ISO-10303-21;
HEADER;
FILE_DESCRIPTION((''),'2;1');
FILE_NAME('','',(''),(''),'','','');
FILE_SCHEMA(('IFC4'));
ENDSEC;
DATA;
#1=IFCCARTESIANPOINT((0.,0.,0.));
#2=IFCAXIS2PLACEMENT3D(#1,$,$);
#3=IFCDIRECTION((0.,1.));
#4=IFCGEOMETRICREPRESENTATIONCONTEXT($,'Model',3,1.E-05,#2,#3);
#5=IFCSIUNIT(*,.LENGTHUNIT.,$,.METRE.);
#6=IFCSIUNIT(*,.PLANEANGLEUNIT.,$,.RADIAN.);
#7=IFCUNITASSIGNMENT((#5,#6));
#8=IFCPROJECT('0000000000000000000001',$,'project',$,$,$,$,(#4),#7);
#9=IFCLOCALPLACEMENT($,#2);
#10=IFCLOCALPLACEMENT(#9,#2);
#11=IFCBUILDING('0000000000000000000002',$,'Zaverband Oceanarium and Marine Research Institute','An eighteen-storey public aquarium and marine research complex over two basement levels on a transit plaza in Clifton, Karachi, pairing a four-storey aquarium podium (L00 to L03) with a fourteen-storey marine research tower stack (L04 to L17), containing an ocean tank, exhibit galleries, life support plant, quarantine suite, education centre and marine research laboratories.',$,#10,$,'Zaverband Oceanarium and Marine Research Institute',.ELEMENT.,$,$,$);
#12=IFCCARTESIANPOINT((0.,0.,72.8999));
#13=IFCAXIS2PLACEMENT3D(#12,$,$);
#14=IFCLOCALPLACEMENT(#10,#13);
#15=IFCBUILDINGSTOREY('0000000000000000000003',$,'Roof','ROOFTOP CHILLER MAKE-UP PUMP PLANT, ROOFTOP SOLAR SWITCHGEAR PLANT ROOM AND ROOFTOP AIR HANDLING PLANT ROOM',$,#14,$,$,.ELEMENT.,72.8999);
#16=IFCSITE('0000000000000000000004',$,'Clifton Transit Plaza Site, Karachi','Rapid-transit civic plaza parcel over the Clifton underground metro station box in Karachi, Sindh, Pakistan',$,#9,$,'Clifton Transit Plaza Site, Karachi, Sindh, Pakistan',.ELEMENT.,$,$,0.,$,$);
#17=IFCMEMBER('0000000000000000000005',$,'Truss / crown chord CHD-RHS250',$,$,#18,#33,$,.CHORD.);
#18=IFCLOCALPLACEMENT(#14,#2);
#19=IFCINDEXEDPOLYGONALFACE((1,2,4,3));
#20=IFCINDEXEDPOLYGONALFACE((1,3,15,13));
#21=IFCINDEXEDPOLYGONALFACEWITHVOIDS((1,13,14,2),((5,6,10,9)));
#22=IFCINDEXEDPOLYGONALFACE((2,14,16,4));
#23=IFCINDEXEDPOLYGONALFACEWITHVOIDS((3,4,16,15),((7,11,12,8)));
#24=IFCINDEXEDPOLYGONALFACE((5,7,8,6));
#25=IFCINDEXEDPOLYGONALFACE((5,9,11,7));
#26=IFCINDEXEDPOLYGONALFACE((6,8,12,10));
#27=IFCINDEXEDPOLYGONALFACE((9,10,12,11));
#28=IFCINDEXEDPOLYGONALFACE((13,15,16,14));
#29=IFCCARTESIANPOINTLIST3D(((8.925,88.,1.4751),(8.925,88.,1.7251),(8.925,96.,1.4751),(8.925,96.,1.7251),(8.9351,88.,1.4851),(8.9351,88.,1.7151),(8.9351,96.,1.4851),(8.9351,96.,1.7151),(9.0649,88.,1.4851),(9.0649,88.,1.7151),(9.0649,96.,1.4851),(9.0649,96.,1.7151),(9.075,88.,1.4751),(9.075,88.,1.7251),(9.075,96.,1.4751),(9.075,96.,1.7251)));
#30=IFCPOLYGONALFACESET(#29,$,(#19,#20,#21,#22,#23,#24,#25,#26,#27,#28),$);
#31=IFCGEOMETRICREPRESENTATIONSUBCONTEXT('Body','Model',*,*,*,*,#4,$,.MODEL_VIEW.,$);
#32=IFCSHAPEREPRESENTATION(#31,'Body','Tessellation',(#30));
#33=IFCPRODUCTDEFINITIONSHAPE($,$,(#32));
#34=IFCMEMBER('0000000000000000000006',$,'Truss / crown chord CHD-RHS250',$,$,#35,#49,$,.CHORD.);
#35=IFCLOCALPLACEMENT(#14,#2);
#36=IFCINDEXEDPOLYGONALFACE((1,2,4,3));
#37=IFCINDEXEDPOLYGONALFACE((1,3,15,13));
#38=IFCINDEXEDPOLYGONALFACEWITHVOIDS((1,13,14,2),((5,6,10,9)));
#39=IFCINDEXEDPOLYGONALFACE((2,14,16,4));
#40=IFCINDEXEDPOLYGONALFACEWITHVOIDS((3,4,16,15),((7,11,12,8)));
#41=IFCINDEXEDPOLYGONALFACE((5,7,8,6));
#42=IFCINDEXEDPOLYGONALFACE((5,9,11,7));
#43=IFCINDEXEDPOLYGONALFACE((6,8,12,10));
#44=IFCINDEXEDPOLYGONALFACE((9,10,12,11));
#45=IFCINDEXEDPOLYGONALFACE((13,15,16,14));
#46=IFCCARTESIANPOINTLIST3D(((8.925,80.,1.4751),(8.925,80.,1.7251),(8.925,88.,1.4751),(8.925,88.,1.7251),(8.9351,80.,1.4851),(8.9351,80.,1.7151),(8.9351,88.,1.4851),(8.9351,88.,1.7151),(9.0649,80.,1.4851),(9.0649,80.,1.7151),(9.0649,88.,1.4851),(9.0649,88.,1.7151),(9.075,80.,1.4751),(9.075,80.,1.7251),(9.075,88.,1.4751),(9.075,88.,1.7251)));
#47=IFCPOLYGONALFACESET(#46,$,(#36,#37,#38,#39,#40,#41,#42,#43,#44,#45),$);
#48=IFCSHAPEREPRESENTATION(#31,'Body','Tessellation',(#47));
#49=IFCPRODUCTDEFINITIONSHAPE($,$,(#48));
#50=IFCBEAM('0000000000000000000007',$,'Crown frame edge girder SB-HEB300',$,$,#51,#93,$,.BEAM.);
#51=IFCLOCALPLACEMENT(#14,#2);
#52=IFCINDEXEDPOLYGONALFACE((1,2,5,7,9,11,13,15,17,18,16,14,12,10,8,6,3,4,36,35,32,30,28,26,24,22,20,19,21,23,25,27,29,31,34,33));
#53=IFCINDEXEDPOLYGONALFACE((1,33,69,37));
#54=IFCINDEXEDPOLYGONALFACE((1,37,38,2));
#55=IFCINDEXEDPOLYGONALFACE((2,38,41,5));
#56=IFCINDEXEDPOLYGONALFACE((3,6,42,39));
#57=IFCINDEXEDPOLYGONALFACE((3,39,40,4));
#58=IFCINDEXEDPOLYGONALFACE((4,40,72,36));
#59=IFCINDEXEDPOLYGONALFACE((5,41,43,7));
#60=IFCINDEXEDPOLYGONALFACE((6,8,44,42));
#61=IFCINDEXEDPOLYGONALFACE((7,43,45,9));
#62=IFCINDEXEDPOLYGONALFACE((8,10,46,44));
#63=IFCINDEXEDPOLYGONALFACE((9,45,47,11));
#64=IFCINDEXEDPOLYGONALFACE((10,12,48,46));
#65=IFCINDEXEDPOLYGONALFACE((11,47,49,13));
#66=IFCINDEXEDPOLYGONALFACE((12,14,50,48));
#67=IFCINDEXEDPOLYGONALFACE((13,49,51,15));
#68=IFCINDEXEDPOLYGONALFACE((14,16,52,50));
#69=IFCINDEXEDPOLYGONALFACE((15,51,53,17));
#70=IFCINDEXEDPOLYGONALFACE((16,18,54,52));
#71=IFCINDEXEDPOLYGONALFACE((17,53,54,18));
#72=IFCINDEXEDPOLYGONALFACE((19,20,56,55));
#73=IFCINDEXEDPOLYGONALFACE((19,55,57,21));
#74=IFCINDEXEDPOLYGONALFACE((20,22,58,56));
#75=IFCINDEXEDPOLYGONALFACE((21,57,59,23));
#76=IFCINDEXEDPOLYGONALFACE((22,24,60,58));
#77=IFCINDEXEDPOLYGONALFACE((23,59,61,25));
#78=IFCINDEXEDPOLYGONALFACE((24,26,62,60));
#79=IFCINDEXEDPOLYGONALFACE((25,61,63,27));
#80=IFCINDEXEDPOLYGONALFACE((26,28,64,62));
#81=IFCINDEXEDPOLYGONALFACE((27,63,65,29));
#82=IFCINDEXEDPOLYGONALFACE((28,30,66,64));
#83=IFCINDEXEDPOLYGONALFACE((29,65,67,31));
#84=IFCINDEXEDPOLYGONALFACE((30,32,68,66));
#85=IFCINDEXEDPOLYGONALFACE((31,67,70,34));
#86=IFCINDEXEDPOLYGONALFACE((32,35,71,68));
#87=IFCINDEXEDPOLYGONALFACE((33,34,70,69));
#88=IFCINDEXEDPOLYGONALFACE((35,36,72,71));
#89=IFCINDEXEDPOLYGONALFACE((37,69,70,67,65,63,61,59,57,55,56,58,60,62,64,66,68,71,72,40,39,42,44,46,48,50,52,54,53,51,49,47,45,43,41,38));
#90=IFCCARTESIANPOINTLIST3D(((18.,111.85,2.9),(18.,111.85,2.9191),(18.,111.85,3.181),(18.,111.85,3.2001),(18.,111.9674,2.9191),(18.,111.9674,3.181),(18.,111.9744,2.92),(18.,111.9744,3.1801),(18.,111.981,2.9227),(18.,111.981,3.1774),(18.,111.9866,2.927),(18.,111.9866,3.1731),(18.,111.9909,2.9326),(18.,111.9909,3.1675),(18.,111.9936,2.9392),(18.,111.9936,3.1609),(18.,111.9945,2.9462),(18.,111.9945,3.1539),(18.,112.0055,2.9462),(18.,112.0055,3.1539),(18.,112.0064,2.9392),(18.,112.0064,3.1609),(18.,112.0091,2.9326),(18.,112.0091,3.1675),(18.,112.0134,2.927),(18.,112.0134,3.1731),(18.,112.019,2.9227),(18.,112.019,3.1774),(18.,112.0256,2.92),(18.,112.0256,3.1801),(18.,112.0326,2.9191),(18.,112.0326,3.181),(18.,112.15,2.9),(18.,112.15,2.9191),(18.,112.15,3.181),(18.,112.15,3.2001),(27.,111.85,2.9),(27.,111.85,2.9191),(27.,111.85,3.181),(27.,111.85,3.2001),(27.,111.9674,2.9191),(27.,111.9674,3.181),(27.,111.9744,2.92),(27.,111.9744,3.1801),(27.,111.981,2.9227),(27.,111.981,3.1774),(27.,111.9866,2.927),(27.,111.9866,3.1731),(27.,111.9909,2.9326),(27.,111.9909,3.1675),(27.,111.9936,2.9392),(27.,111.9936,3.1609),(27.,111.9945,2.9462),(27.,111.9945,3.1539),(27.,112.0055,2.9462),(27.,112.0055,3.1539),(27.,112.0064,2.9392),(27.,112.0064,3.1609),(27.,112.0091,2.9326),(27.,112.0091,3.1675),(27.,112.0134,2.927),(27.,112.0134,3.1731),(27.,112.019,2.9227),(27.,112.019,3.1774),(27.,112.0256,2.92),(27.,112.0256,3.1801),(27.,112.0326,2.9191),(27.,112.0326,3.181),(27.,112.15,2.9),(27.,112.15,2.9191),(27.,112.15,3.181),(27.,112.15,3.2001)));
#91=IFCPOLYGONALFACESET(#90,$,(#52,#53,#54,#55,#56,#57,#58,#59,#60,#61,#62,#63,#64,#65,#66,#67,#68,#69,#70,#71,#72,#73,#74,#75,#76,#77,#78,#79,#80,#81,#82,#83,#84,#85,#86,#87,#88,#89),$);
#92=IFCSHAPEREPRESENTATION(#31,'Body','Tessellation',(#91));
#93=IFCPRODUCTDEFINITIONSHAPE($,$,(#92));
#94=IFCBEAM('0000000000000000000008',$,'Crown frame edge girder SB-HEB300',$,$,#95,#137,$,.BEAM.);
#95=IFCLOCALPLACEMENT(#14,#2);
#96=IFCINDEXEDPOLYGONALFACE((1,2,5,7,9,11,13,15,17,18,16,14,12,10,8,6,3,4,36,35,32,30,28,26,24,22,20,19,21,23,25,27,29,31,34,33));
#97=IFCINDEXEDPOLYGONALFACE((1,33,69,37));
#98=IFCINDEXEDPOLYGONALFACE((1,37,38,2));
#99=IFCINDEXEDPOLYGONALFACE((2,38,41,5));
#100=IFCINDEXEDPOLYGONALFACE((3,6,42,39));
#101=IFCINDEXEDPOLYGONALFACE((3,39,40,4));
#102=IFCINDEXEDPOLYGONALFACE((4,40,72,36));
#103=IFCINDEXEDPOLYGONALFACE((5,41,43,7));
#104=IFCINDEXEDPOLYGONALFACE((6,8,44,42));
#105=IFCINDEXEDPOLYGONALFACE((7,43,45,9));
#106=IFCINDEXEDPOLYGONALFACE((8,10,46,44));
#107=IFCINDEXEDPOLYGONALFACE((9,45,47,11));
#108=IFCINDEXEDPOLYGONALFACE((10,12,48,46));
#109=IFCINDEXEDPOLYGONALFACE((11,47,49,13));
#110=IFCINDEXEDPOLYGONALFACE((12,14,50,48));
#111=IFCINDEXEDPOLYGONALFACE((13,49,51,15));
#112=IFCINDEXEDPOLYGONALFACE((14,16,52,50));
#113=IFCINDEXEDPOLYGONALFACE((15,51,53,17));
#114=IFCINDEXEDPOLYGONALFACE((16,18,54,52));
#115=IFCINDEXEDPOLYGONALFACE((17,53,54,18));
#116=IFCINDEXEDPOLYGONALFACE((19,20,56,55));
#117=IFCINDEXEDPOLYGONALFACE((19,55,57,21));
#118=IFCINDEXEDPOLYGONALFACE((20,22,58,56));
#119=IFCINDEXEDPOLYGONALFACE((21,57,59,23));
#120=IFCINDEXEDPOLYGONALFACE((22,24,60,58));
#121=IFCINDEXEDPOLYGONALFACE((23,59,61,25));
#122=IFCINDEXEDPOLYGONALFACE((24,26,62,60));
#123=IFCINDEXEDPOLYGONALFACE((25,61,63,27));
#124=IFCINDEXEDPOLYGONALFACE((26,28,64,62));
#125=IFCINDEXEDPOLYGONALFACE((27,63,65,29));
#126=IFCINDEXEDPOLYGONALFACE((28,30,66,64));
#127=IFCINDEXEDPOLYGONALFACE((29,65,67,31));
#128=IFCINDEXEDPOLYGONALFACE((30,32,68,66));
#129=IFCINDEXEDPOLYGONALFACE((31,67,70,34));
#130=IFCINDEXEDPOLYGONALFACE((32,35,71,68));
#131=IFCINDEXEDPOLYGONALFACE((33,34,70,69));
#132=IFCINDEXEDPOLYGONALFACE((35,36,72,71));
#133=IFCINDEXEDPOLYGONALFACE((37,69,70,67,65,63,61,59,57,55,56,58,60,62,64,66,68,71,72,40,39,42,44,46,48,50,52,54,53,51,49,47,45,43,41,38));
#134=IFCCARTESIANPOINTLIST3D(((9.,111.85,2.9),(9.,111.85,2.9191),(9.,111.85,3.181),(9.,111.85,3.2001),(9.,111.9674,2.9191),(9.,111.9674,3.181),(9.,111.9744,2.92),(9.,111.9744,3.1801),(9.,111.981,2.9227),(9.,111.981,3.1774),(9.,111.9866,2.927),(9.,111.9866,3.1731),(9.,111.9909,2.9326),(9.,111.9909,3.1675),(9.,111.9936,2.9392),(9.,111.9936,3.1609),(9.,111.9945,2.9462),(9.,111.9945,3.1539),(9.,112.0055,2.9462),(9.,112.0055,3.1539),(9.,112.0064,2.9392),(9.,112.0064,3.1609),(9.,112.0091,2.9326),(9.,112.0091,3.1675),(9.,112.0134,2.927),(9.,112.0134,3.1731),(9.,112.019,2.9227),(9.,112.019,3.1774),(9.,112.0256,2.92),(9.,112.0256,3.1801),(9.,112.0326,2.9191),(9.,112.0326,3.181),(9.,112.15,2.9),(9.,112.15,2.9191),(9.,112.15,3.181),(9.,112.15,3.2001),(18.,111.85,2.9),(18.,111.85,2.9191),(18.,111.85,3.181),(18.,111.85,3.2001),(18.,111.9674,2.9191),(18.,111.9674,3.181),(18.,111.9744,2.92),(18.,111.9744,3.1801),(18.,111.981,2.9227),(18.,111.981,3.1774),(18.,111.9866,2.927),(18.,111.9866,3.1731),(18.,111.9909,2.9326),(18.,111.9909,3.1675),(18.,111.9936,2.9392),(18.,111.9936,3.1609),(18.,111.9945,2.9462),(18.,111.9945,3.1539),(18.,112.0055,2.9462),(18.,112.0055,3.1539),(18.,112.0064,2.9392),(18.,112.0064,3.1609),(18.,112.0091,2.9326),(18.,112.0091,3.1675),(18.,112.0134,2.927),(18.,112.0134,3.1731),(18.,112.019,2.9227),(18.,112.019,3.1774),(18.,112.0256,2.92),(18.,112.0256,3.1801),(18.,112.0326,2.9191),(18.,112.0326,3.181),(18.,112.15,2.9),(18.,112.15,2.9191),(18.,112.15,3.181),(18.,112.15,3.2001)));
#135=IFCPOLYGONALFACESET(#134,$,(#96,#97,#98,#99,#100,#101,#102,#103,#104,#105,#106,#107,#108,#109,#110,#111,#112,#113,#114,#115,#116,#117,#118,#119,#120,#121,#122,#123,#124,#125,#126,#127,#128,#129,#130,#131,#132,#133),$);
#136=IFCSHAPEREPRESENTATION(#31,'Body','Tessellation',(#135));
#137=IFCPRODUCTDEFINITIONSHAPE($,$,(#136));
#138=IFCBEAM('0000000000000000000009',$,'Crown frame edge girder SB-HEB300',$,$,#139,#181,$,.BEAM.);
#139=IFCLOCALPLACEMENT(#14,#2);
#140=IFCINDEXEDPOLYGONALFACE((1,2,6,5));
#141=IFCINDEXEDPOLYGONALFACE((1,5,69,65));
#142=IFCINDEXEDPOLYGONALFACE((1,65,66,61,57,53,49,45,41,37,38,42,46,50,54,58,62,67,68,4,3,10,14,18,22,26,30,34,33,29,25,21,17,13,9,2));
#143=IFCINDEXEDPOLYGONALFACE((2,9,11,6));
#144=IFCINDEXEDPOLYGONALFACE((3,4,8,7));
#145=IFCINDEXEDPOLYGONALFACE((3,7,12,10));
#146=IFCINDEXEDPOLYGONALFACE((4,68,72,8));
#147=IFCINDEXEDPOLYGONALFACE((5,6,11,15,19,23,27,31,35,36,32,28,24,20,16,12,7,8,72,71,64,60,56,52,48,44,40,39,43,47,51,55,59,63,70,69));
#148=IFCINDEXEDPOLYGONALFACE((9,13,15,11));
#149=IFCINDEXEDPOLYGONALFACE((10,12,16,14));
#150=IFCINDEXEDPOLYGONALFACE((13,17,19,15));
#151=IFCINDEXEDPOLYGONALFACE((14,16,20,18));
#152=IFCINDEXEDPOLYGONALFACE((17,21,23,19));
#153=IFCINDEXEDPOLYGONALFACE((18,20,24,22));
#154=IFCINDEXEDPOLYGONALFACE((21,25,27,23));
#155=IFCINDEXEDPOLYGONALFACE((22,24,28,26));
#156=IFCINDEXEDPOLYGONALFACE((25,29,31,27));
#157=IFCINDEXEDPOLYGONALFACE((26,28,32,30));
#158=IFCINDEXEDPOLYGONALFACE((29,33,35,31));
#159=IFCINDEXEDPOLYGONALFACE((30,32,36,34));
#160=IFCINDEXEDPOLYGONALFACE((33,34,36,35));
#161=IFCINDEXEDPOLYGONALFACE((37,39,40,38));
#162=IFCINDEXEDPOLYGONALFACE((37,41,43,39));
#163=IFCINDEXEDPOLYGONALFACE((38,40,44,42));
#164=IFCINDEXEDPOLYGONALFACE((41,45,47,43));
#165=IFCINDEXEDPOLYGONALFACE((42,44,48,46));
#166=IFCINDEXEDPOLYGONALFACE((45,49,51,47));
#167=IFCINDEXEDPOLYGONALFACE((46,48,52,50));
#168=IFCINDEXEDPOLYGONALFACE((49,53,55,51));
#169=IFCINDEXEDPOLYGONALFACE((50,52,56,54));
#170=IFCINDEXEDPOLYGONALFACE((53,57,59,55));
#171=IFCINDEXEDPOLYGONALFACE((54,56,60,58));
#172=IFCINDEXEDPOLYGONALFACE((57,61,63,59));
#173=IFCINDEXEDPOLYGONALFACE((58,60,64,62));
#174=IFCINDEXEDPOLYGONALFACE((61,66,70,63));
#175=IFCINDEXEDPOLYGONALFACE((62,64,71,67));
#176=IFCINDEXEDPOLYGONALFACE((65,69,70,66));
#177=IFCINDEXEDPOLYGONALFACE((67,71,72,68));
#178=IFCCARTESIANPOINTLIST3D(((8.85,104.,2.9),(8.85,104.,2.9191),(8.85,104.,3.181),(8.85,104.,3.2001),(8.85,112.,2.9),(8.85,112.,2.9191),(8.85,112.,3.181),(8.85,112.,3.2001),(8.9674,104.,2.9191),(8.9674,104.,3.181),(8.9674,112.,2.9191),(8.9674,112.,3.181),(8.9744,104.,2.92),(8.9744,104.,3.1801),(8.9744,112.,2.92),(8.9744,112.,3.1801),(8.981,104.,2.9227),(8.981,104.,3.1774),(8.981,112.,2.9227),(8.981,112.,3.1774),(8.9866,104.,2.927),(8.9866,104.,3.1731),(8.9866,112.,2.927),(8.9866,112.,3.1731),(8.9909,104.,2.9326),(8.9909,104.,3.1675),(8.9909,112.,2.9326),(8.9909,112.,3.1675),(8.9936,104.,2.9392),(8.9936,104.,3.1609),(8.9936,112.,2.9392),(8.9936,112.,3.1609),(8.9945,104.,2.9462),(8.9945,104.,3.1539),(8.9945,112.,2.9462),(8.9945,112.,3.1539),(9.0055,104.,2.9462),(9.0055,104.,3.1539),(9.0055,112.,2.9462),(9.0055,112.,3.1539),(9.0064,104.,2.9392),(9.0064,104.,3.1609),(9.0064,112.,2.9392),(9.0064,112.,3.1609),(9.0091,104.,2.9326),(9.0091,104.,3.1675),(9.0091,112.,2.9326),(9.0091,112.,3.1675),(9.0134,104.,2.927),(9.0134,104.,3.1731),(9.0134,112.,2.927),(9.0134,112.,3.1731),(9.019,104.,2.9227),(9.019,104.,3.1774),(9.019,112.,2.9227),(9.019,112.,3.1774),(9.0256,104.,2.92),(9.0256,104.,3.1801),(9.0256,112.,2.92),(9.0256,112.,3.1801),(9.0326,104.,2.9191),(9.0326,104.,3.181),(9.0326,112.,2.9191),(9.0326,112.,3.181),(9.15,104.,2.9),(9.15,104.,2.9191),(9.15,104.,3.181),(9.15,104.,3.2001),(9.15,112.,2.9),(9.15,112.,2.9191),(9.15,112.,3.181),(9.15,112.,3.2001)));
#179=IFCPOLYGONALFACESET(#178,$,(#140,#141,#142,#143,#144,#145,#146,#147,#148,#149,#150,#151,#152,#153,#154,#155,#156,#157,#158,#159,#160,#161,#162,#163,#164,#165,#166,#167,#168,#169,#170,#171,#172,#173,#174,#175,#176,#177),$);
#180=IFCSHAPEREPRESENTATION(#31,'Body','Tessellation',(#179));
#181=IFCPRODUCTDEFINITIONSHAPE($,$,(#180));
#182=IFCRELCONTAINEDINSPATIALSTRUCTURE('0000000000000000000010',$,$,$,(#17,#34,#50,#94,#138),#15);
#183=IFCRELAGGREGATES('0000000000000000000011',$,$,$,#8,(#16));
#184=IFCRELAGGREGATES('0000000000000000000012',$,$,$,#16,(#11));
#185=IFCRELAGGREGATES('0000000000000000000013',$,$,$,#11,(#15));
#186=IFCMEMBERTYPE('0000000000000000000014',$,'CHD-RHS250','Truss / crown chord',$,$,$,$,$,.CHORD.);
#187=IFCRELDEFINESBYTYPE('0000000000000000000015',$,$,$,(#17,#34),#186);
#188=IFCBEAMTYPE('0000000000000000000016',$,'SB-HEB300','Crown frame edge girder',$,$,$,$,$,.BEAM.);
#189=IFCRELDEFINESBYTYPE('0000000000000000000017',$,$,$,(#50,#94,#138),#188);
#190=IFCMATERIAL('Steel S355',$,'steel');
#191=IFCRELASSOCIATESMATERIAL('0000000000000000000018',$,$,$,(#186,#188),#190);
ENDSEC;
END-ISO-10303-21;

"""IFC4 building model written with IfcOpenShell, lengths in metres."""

from ifc_helpers import new_model, si_unit, direction, frame, origin, origin_2d, place, context, subcontext, project, spatial, hollow_rectangle, i_section, extrude, material, material_profile, profile_set, type_object, element, save


model = new_model("IFC4")

# Units and contexts
model_context = context("Model", 3, precision=1e-05, world=origin(), true_north=direction((0.0, 1.0)))
body_context = subcontext(model_context, "Body", "Model", "MODEL_VIEW")
ifc_project = project(units=[si_unit("LENGTHUNIT", "METRE"), si_unit("PLANEANGLEUNIT", "RADIAN")], contexts=[model_context])

# Site, building, storey
site_placement = place(None, origin())
site = spatial("IfcSite", under=ifc_project, at=site_placement, Name="Clifton Transit Plaza Site, Karachi", Description="Rapid-transit civic plaza parcel over the Clifton underground metro station box in Karachi, Sindh, Pakistan", LongName="Clifton Transit Plaza Site, Karachi, Sindh, Pakistan", CompositionType="ELEMENT", RefElevation=0.0)
building_placement = place(site_placement, origin())
building = spatial("IfcBuilding", under=site, at=building_placement, Name="Zaverband Oceanarium and Marine Research Institute", Description="An eighteen-storey public aquarium and marine research complex over two basement levels on a transit plaza in Clifton, Karachi, pairing a four-storey aquarium podium (L00 to L03) with a fourteen-storey marine research tower stack (L04 to L17), containing an ocean tank, exhibit galleries, life support plant, quarantine suite, education centre and marine research laboratories.", LongName="Zaverband Oceanarium and Marine Research Institute", CompositionType="ELEMENT")
storey_placement = place(building_placement, frame((0.0, 0.0, 72.8999)))
storey = spatial("IfcBuildingStorey", under=building, at=storey_placement, Name="Roof", Description="ROOFTOP CHILLER MAKE-UP PUMP PLANT, ROOFTOP SOLAR SWITCHGEAR PLANT ROOM AND ROOFTOP AIR HANDLING PLANT ROOM", CompositionType="ELEMENT", Elevation=72.8999)

# Members
ifc_material_1 = material(Name="Steel S355", Category="steel")
ifc_material_profile_1 = material_profile(ifc_material_1, hollow_rectangle(XDim=0.1499, YDim=0.25, WallThickness=0.01, at=origin_2d()), Name="RHS250x150x10")
ifc_profile_set_1 = profile_set([ifc_material_profile_1], Name="Steel S355")
member_type_1 = type_object("IfcMemberType", Name="CHD-RHS250", Description="Truss / crown chord", PredefinedType="CHORD", material=ifc_profile_set_1)
for number, where, z_axis, x_axis, name in (
    (1, (9.0, 96.0, 1.6001), (0.0, -1.0, 0.0), (1.0, 0.0, 0.0), "Truss / crown chord CHD-RHS250"),
    (2, (9.0, 88.0, 1.6001), (0.0, -1.0, 0.0), (1.0, 0.0, 0.0), "Truss / crown chord CHD-RHS250"),
):
    element("IfcMember", number, at=place(storey_placement, frame(where, z_axis=z_axis, x_axis=x_axis)), inside=storey, type_object=member_type_1, Name=name, PredefinedType="CHORD", context=body_context, shape_type="SweptSolid", body=[
        extrude(hollow_rectangle(XDim=0.1499, YDim=0.25, WallThickness=0.01, at=origin_2d()), origin(), (0.0, 0.0, 1.0), 8.0),
    ])

# Beams
ifc_material_profile_2 = material_profile(ifc_material_1, i_section(OverallWidth=0.3, OverallDepth=0.3, WebThickness=0.011, FlangeThickness=0.019, FilletRadius=0.0271, at=origin_2d()), Name="HEB300")
ifc_profile_set_2 = profile_set([ifc_material_profile_2], Name="Steel S355")
beam_type = type_object("IfcBeamType", Name="SB-HEB300", Description="Crown frame edge girder", PredefinedType="BEAM", material=ifc_profile_set_2)
for number, where, z_axis, x_axis, name in (
    (3, (27.0, 112.0, 3.05), (-1.0, 0.0, 0.0), (0.0, -1.0, 0.0), "Crown frame edge girder SB-HEB300"),
    (4, (18.0, 112.0, 3.05), (-1.0, 0.0, 0.0), (0.0, -1.0, 0.0), "Crown frame edge girder SB-HEB300"),
):
    element("IfcBeam", number, at=place(storey_placement, frame(where, z_axis=z_axis, x_axis=x_axis)), inside=storey, type_object=beam_type, Name=name, PredefinedType="BEAM", context=body_context, shape_type="SweptSolid", body=[
        extrude(i_section(OverallWidth=0.3, OverallDepth=0.3, WebThickness=0.011, FlangeThickness=0.019, FilletRadius=0.0271, at=origin_2d()), origin(), (0.0, 0.0, 1.0), 9.0),
    ])
for number, where, z_axis, x_axis, name in (
    (5, (9.0, 112.0, 3.05), (0.0, -1.0, 0.0), (1.0, 0.0, 0.0), "Crown frame edge girder SB-HEB300"),
):
    element("IfcBeam", number, at=place(storey_placement, frame(where, z_axis=z_axis, x_axis=x_axis)), inside=storey, type_object=beam_type, Name=name, PredefinedType="BEAM", context=body_context, shape_type="SweptSolid", body=[
        extrude(i_section(OverallWidth=0.3, OverallDepth=0.3, WebThickness=0.011, FlangeThickness=0.019, FilletRadius=0.0271, at=origin_2d()), origin(), (0.0, 0.0, 1.0), 8.0),
    ])

save(model, "model.ifc")
